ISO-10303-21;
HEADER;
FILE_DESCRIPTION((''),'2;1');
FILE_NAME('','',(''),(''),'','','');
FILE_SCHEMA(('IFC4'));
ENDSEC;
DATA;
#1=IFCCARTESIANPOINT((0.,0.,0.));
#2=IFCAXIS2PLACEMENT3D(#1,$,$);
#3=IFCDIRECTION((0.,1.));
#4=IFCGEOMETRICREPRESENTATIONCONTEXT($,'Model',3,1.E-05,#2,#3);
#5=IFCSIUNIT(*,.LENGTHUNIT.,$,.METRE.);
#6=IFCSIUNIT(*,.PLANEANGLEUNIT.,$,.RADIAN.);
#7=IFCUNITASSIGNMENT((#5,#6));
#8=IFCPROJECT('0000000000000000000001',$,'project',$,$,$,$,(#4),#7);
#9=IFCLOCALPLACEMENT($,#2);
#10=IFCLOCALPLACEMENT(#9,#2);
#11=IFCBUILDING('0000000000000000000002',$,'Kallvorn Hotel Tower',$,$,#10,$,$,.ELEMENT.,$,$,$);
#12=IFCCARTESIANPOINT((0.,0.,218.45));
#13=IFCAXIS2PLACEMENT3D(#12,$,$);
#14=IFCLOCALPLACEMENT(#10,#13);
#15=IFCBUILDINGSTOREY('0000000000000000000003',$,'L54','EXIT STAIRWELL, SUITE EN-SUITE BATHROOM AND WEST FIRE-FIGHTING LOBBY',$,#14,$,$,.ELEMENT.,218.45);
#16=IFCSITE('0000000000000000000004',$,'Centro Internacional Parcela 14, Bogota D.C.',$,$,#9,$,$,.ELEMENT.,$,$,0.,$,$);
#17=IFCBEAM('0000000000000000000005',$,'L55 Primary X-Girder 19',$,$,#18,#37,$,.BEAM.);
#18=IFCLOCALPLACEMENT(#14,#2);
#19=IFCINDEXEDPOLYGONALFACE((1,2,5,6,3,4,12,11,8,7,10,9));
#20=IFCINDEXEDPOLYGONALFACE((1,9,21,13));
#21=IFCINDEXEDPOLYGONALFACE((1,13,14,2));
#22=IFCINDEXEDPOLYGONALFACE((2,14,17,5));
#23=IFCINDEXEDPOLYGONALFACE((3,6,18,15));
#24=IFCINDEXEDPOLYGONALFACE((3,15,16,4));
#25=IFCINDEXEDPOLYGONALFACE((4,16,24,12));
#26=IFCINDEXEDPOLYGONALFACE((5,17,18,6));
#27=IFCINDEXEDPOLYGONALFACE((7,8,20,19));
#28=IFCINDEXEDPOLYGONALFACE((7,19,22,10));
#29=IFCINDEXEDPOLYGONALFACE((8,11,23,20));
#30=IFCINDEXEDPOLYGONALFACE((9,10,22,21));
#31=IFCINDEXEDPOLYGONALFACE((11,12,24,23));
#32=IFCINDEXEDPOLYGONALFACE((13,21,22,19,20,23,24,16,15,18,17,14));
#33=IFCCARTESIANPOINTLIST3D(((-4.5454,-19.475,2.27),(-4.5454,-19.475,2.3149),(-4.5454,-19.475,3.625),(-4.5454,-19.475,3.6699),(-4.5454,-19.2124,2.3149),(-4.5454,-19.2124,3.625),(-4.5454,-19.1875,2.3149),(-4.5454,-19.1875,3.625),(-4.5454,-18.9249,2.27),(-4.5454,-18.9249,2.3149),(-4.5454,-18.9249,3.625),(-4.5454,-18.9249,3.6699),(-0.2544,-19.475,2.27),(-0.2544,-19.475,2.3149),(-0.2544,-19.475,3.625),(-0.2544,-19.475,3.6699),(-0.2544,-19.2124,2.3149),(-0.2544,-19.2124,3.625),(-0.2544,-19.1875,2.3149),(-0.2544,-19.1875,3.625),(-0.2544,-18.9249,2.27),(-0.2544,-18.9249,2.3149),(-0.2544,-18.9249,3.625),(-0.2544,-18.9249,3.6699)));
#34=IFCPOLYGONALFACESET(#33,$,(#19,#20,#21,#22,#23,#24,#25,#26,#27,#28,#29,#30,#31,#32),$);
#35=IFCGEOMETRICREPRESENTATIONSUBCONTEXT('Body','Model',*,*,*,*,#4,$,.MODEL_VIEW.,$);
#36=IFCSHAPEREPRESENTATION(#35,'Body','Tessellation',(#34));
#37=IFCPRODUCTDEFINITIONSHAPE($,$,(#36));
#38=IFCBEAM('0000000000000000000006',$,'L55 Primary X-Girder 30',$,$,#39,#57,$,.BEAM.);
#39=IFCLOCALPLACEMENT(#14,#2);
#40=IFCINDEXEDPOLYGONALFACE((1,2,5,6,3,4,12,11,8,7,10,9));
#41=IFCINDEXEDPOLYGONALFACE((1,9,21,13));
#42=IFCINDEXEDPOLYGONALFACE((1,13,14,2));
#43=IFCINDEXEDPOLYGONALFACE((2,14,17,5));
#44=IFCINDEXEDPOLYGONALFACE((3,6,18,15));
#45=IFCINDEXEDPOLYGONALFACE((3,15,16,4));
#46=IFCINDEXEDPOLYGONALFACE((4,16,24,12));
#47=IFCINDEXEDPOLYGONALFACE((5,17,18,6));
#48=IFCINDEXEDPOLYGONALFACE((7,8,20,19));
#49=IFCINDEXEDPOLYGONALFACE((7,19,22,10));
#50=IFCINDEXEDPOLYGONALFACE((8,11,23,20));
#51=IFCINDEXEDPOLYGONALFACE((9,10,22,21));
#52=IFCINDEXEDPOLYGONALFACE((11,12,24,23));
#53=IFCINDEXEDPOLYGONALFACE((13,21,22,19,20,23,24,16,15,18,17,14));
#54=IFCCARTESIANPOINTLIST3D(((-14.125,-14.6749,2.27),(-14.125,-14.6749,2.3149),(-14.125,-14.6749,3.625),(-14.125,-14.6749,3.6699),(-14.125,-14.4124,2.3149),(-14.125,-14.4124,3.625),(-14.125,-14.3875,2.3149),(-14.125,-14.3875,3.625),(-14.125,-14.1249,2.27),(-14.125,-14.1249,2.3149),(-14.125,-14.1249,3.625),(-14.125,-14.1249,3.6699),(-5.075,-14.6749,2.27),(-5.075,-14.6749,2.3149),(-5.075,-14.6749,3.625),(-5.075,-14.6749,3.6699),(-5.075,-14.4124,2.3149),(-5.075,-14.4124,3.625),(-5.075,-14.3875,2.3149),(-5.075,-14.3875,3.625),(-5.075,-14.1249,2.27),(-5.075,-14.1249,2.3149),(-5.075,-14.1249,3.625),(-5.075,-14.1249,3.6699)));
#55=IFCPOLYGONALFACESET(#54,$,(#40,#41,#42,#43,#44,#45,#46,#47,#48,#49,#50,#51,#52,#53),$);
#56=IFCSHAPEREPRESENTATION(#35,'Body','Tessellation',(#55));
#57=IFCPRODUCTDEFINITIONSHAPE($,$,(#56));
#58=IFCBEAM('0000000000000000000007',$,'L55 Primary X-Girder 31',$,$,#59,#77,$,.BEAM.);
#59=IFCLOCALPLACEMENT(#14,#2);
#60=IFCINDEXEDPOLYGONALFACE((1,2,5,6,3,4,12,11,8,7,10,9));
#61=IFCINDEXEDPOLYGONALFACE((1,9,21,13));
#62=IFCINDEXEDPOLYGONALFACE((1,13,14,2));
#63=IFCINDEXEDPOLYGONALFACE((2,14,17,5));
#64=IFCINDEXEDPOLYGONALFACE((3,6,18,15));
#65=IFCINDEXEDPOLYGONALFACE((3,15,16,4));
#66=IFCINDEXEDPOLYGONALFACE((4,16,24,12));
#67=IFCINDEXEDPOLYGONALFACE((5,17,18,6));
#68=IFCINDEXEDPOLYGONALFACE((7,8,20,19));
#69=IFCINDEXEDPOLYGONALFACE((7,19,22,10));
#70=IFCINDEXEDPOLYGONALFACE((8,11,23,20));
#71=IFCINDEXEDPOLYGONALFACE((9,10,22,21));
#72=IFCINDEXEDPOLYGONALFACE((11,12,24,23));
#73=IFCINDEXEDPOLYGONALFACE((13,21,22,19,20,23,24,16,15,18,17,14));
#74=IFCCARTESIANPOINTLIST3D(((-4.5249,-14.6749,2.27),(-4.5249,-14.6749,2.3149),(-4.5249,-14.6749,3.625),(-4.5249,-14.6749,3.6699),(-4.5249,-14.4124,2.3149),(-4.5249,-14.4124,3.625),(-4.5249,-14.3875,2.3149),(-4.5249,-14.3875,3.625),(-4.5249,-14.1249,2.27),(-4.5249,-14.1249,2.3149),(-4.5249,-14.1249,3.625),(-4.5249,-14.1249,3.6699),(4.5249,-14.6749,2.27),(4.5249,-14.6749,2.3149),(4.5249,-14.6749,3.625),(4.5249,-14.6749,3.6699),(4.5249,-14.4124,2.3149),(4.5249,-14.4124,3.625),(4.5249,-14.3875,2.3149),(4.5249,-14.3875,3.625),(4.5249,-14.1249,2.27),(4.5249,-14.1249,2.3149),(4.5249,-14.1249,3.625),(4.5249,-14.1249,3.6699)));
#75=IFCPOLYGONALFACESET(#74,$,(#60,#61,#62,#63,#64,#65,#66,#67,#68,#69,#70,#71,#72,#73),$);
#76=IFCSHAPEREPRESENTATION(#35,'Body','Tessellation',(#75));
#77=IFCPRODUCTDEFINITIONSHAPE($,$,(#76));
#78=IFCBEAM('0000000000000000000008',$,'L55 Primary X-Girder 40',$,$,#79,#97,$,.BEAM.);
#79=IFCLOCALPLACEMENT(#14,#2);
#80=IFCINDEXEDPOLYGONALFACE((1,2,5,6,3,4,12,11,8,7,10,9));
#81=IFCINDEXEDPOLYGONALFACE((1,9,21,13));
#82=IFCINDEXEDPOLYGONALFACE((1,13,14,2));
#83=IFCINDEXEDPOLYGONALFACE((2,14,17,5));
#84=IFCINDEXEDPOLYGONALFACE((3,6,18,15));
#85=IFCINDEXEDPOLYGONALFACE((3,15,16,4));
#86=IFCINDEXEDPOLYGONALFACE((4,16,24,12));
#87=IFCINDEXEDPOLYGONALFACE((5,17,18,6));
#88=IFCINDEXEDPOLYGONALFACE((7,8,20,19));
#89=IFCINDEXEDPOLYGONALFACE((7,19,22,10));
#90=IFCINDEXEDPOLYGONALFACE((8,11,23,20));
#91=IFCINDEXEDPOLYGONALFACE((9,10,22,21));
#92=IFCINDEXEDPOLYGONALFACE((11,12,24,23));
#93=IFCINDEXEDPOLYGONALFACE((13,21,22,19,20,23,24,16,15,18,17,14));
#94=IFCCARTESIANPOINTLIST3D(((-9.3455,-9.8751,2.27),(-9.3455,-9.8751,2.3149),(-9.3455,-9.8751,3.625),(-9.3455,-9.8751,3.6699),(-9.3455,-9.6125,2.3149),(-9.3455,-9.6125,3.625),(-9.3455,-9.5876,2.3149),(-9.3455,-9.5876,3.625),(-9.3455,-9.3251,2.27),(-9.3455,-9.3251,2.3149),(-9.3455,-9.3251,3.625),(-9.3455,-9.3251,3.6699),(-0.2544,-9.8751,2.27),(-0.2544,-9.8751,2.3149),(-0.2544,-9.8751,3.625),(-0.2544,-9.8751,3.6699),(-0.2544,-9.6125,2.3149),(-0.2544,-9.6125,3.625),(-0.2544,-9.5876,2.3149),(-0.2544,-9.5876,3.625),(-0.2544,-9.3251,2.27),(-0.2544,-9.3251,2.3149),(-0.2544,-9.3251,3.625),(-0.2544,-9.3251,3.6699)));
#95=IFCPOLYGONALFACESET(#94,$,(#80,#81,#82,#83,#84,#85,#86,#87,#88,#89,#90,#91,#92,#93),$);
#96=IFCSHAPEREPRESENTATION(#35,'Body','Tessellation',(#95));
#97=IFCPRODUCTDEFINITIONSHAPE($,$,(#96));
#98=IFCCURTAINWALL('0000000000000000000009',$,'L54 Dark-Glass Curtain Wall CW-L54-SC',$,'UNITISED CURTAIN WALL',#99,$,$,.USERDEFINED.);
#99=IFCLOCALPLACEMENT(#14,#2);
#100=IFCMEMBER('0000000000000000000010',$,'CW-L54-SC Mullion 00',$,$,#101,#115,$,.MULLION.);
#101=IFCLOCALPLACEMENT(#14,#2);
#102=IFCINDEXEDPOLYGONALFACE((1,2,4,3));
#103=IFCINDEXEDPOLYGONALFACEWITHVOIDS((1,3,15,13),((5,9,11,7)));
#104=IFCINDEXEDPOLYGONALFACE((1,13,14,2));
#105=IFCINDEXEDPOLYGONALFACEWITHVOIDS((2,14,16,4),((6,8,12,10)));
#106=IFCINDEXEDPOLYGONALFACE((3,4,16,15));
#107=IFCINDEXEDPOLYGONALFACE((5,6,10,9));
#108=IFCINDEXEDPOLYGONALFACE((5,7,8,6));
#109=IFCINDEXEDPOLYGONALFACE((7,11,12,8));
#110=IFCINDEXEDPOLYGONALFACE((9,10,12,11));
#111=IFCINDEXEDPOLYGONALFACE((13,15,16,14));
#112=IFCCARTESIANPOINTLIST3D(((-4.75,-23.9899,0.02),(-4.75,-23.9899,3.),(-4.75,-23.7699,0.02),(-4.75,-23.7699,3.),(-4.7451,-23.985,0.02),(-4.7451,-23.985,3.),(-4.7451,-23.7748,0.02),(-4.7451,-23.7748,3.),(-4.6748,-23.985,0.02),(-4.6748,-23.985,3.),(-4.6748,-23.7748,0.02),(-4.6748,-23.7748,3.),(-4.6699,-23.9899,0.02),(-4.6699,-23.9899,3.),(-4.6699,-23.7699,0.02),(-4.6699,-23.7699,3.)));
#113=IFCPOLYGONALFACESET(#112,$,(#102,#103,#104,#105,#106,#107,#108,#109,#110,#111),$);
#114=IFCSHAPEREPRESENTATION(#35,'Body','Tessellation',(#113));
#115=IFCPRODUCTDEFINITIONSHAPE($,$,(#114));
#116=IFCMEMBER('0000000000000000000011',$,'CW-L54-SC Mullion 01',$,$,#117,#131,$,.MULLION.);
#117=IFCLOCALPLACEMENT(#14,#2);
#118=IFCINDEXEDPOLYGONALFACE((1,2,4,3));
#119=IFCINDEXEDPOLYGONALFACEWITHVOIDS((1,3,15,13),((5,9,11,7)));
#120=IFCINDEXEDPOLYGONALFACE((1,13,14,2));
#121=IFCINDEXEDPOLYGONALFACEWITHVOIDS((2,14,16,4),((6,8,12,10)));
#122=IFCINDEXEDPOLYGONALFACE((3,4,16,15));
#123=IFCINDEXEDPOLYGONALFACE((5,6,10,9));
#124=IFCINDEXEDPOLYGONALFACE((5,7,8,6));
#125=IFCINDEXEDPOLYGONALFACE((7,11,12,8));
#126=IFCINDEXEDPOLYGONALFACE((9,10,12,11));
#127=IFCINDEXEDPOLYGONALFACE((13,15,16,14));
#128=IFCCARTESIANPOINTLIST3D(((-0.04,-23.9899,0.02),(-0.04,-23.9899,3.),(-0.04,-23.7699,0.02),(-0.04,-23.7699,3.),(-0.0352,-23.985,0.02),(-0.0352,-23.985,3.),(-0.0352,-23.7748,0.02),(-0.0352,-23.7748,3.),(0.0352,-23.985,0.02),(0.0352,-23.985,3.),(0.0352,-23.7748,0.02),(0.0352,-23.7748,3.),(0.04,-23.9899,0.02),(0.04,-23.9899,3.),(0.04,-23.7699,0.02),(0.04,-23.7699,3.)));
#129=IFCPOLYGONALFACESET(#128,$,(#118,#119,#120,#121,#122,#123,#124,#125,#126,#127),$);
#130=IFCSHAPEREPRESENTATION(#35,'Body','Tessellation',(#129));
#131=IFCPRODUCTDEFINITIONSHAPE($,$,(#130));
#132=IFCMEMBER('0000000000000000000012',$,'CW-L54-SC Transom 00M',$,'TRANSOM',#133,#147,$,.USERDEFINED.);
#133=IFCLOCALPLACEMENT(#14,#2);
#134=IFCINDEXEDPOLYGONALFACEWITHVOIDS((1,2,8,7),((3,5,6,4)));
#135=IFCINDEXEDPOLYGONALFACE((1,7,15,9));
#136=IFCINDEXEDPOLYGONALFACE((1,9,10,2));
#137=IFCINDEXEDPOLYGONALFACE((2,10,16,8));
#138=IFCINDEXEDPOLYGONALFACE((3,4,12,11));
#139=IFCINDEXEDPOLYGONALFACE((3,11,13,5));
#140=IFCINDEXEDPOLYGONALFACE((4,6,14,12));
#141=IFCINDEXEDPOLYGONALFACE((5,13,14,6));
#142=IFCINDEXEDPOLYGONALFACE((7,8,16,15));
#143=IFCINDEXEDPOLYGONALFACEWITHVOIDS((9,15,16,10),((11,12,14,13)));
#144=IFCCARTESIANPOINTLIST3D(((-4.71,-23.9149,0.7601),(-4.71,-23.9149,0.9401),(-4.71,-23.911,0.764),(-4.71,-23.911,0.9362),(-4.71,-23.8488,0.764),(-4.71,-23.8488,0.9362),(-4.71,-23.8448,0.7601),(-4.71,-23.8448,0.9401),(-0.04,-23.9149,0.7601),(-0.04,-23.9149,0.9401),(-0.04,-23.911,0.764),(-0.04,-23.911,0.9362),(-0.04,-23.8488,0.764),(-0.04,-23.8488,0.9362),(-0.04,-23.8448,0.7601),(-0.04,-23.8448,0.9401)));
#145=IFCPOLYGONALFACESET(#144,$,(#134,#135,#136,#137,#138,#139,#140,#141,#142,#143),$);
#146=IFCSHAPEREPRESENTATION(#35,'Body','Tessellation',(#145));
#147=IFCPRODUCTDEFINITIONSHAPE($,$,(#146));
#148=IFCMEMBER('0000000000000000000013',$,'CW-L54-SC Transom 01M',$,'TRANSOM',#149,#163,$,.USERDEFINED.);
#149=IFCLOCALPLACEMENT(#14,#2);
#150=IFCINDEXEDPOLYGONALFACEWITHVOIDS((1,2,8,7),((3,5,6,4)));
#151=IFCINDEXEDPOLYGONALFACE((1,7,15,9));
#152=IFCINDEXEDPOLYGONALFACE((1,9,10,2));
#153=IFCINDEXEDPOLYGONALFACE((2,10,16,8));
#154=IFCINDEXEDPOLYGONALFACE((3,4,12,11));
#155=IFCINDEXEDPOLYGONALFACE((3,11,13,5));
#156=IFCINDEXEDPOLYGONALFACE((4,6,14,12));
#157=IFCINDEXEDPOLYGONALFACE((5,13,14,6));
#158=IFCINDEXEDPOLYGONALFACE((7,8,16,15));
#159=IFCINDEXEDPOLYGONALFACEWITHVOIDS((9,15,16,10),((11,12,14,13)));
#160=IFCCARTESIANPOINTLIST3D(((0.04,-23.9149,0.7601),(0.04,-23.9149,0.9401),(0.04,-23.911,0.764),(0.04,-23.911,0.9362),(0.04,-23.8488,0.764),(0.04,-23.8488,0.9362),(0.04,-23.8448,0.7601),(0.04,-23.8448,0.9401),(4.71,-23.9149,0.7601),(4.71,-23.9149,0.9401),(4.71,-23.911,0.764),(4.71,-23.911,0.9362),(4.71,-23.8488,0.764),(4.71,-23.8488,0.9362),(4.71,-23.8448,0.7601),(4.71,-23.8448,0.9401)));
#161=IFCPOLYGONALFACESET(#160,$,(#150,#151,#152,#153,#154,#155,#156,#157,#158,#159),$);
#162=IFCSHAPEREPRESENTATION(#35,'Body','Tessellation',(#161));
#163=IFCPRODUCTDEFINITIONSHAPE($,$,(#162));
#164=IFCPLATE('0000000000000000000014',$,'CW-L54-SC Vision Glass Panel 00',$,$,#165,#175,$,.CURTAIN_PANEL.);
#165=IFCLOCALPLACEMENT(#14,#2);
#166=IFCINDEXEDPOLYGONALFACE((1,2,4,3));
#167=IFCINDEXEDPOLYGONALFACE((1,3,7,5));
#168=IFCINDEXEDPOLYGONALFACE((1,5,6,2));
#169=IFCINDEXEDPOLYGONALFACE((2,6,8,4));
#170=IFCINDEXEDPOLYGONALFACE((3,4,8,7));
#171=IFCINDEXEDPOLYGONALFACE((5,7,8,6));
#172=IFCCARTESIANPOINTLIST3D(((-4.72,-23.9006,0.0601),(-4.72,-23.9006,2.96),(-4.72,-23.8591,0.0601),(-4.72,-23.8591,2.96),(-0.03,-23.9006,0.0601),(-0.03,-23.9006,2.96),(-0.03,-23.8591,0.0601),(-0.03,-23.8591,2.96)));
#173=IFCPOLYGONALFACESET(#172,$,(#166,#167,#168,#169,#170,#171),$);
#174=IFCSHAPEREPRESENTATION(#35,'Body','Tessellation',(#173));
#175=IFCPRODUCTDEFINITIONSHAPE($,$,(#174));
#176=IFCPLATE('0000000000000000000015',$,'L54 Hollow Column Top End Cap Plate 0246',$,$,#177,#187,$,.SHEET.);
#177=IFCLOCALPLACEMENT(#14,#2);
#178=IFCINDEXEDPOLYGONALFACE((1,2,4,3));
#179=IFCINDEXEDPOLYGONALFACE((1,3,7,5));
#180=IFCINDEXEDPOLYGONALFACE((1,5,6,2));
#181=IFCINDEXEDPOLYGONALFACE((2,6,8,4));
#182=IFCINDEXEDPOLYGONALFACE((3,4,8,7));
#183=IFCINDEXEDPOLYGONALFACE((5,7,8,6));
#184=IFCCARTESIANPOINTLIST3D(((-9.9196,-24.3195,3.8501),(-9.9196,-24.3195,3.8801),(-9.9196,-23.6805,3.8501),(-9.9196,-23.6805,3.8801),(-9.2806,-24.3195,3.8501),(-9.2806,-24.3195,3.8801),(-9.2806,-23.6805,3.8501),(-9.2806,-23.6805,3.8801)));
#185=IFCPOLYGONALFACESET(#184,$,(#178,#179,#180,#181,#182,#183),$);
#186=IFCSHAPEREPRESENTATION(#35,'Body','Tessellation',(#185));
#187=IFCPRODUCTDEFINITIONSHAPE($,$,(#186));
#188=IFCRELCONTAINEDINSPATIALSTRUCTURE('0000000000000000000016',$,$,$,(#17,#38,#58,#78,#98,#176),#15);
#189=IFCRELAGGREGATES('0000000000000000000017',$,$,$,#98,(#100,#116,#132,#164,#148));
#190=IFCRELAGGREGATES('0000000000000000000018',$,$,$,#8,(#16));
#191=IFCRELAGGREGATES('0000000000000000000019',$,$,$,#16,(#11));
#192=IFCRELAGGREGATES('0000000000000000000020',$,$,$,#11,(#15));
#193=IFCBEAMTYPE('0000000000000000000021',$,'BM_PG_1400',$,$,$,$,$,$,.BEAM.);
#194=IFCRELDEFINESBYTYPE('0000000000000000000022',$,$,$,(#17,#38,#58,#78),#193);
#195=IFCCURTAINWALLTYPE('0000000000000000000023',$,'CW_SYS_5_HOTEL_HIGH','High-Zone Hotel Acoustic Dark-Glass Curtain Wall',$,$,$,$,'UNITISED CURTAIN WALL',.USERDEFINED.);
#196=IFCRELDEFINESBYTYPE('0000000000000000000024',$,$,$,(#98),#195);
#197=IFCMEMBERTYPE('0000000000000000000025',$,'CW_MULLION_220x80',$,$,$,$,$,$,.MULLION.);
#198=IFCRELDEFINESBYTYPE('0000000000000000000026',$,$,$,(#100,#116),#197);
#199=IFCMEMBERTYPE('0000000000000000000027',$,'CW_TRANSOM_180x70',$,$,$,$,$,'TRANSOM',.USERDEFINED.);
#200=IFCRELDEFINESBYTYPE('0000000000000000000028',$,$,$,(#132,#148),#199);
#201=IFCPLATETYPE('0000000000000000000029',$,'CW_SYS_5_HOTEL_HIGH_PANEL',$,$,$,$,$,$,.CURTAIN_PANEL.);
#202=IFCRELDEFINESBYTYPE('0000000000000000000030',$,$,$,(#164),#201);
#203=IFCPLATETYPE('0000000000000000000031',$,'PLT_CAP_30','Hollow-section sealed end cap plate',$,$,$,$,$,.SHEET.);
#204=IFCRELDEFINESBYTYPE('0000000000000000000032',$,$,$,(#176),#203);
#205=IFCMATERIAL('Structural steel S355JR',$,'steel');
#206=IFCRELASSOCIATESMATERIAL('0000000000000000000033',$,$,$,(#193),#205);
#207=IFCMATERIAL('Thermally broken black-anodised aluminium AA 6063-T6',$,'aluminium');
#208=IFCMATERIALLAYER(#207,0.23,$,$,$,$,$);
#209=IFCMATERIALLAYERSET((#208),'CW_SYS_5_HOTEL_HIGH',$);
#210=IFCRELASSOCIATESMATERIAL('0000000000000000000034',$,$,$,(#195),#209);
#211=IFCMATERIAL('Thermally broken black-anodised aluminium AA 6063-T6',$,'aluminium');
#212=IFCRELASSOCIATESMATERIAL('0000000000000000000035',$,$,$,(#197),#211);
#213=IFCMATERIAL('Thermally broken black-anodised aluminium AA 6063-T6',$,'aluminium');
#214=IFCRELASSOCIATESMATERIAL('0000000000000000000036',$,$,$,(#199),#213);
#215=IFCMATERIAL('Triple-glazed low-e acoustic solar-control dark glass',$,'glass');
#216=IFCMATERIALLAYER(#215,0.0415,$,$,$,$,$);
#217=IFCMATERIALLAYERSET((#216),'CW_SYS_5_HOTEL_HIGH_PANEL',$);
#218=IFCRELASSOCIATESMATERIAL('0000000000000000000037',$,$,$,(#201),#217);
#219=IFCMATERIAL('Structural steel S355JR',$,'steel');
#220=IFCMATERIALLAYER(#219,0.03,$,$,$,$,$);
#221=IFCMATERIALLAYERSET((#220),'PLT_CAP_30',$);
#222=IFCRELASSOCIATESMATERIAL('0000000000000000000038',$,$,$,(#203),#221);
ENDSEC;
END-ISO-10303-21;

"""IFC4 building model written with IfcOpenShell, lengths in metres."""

from ifc_helpers import new_model, si_unit, direction, frame, origin, origin_2d, place, context, subcontext, project, spatial, rectangle, hollow_rectangle, i_section, extrude, material, layer, layer_set, material_profile, profile_set, type_object, element, aggregate, save


model = new_model("IFC4")

# Units and contexts
model_context = context("Model", 3, precision=1e-05, world=origin(), true_north=direction((0.0, 1.0)))
body_context = subcontext(model_context, "Body", "Model", "MODEL_VIEW")
ifc_project = project(units=[si_unit("LENGTHUNIT", "METRE"), si_unit("PLANEANGLEUNIT", "RADIAN")], contexts=[model_context])

# Site, building, storey
site_placement = place(None, origin())
site = spatial("IfcSite", under=ifc_project, at=site_placement, Name="Centro Internacional Parcela 14, Bogota D.C.", CompositionType="ELEMENT", RefElevation=0.0)
building_placement = place(site_placement, origin())
building = spatial("IfcBuilding", under=site, at=building_placement, Name="Kallvorn Hotel Tower", CompositionType="ELEMENT")
storey_placement = place(building_placement, frame((0.0, 0.0, 218.45)))
storey = spatial("IfcBuildingStorey", under=building, at=storey_placement, Name="L54", Description="EXIT STAIRWELL, SUITE EN-SUITE BATHROOM AND WEST FIRE-FIGHTING LOBBY", CompositionType="ELEMENT", Elevation=218.45)

# Beams
ifc_material_1 = material(Name="Structural steel S355JR", Category="steel")
ifc_material_profile_1 = material_profile(ifc_material_1, i_section(OverallWidth=0.55, OverallDepth=1.3999, WebThickness=0.0249, FlangeThickness=0.0449, at=origin_2d()), Name="PG 1400x550x25x45")
ifc_profile_set_1 = profile_set([ifc_material_profile_1], Name="Structural steel S355JR")
beam_type_1 = type_object("IfcBeamType", Name="BM_PG_1400", PredefinedType="BEAM", material=ifc_profile_set_1)
for number, where, z_axis, x_axis, name in (
    (1, (-4.5454, -19.2, 2.97), (1.0, 0.0, 0.0), (0.0, 1.0, 0.0), "L55 Primary X-Girder 19"),
):
    element("IfcBeam", number, at=place(storey_placement, frame(where, z_axis=z_axis, x_axis=x_axis)), inside=storey, type_object=beam_type_1, Name=name, PredefinedType="BEAM", context=body_context, shape_type="SweptSolid", body=[
        extrude(i_section(OverallWidth=0.55, OverallDepth=1.3999, WebThickness=0.0249, FlangeThickness=0.0449, at=origin_2d()), origin(), (0.0, 0.0, 1.0), 4.291),
    ])
beam_1_placement = place(storey_placement, frame((-14.125, -14.3999, 2.97), z_axis=(1.0, 0.0, 0.0), x_axis=(0.0, 1.0, 0.0)))
element("IfcBeam", 2, at=beam_1_placement, inside=storey, type_object=beam_type_1, Name="L55 Primary X-Girder 30", PredefinedType="BEAM", context=body_context, shape_type="SweptSolid", body=[
    extrude(i_section(OverallWidth=0.55, OverallDepth=1.3999, WebThickness=0.0249, FlangeThickness=0.0449, at=origin_2d()), origin(), (0.0, 0.0, 1.0), 9.05),
])
beam_2_placement = place(storey_placement, frame((-4.5249, -14.3999, 2.97), z_axis=(1.0, 0.0, 0.0), x_axis=(0.0, 1.0, 0.0)))
element("IfcBeam", 3, at=beam_2_placement, inside=storey, type_object=beam_type_1, Name="L55 Primary X-Girder 31", PredefinedType="BEAM", context=body_context, shape_type="SweptSolid", body=[
    extrude(i_section(OverallWidth=0.55, OverallDepth=1.3999, WebThickness=0.0249, FlangeThickness=0.0449, at=origin_2d()), origin(), (0.0, 0.0, 1.0), 9.0498),
])
beam_3_placement = place(storey_placement, frame((-9.3455, -9.6001, 2.97), z_axis=(1.0, 0.0, 0.0), x_axis=(0.0, 1.0, 0.0)))
element("IfcBeam", 4, at=beam_3_placement, inside=storey, type_object=beam_type_1, Name="L55 Primary X-Girder 40", PredefinedType="BEAM", context=body_context, shape_type="SweptSolid", body=[
    extrude(i_section(OverallWidth=0.55, OverallDepth=1.3999, WebThickness=0.0249, FlangeThickness=0.0449, at=origin_2d()), origin(), (0.0, 0.0, 1.0), 9.0911),
])

# Curtain wall, members, plate
ifc_material_2 = material(Name="Thermally broken black-anodised aluminium AA 6063-T6", Category="aluminium")
ifc_layer_1 = layer(ifc_material_2, 0.23)
ifc_layer_set_1 = layer_set([ifc_layer_1], Name="CW_SYS_5_HOTEL_HIGH")
curtain_wall_type = type_object("IfcCurtainWallType", Name="CW_SYS_5_HOTEL_HIGH", Description="High-Zone Hotel Acoustic Dark-Glass Curtain Wall", ElementType="UNITISED CURTAIN WALL", PredefinedType="USERDEFINED", material=ifc_layer_set_1)
curtain_wall_placement = place(storey_placement, origin())
curtain_wall = element("IfcCurtainWall", 5, at=curtain_wall_placement, inside=storey, type_object=curtain_wall_type, Name="L54 Dark-Glass Curtain Wall CW-L54-SC", ObjectType="UNITISED CURTAIN WALL", PredefinedType="USERDEFINED")
ifc_material_3 = material(Name="Thermally broken black-anodised aluminium AA 6063-T6", Category="aluminium")
ifc_material_profile_2 = material_profile(ifc_material_3, hollow_rectangle(XDim=0.0801, YDim=0.22, WallThickness=0.0049, at=origin_2d()), Name="MUL 220x80")
ifc_profile_set_2 = profile_set([ifc_material_profile_2], Name="Thermally broken black-anodised aluminium AA 6063-T6")
member_type_1 = type_object("IfcMemberType", Name="CW_MULLION_220x80", PredefinedType="MULLION", material=ifc_profile_set_2)
member_1_placement = place(storey_placement, frame((-4.71, -23.8799, 0.02), z_axis=(0.0, 0.0, 1.0), x_axis=(1.0, 0.0, 0.0)))
member_1 = element("IfcMember", 6, at=member_1_placement, type_object=member_type_1, Name="CW-L54-SC Mullion 00", PredefinedType="MULLION", context=body_context, shape_type="SweptSolid", body=[
    extrude(hollow_rectangle(XDim=0.0801, YDim=0.22, WallThickness=0.0049, at=origin_2d()), origin(), (0.0, 0.0, 1.0), 2.98),
])
member_2_placement = place(storey_placement, frame((0.0, -23.8799, 0.02), z_axis=(0.0, 0.0, 1.0), x_axis=(1.0, 0.0, 0.0)))
member_2 = element("IfcMember", 7, at=member_2_placement, type_object=member_type_1, Name="CW-L54-SC Mullion 01", PredefinedType="MULLION", context=body_context, shape_type="SweptSolid", body=[
    extrude(hollow_rectangle(XDim=0.0801, YDim=0.22, WallThickness=0.0049, at=origin_2d()), origin(), (0.0, 0.0, 1.0), 2.98),
])
ifc_material_4 = material(Name="Thermally broken black-anodised aluminium AA 6063-T6", Category="aluminium")
ifc_material_profile_3 = material_profile(ifc_material_4, hollow_rectangle(XDim=0.0701, YDim=0.1799, WallThickness=0.0039, at=origin_2d()), Name="TRN 180x70")
ifc_profile_set_3 = profile_set([ifc_material_profile_3], Name="Thermally broken black-anodised aluminium AA 6063-T6")
member_type_2 = type_object("IfcMemberType", Name="CW_TRANSOM_180x70", ElementType="TRANSOM", PredefinedType="USERDEFINED", material=ifc_profile_set_3)
member_3_placement = place(storey_placement, frame((-4.71, -23.8799, 0.8501), z_axis=(1.0, 0.0, 0.0), x_axis=(0.0, 1.0, 0.0)))
member_3 = element("IfcMember", 8, at=member_3_placement, type_object=member_type_2, Name="CW-L54-SC Transom 00M", ObjectType="TRANSOM", PredefinedType="USERDEFINED", context=body_context, shape_type="SweptSolid", body=[
    extrude(hollow_rectangle(XDim=0.0701, YDim=0.1799, WallThickness=0.0039, at=origin_2d()), origin(), (0.0, 0.0, 1.0), 4.6699),
])
member_4_placement = place(storey_placement, frame((0.04, -23.8799, 0.8501), z_axis=(1.0, 0.0, 0.0), x_axis=(0.0, 1.0, 0.0)))
member_4 = element("IfcMember", 9, at=member_4_placement, type_object=member_type_2, Name="CW-L54-SC Transom 01M", ObjectType="TRANSOM", PredefinedType="USERDEFINED", context=body_context, shape_type="SweptSolid", body=[
    extrude(hollow_rectangle(XDim=0.0701, YDim=0.1799, WallThickness=0.0039, at=origin_2d()), origin(), (0.0, 0.0, 1.0), 4.6699),
])
ifc_material_5 = material(Name="Triple-glazed low-e acoustic solar-control dark glass", Category="glass")
ifc_layer_2 = layer(ifc_material_5, 0.0415)
ifc_layer_set_2 = layer_set([ifc_layer_2], Name="CW_SYS_5_HOTEL_HIGH_PANEL")
plate_type_1 = type_object("IfcPlateType", Name="CW_SYS_5_HOTEL_HIGH_PANEL", PredefinedType="CURTAIN_PANEL", material=ifc_layer_set_2)
plate_placement = place(storey_placement, frame((-2.375, -23.8799, 0.0601), z_axis=(0.0, 0.0, 1.0), x_axis=(1.0, 0.0, 0.0)))
plate = element("IfcPlate", 10, at=plate_placement, type_object=plate_type_1, Name="CW-L54-SC Vision Glass Panel 00", PredefinedType="CURTAIN_PANEL", context=body_context, shape_type="SweptSolid", body=[
    extrude(rectangle(XDim=4.6899, YDim=0.0415, at=origin_2d()), origin(), (0.0, 0.0, 1.0), 2.8999),
])
aggregate(curtain_wall, [member_1, member_2, member_3, plate, member_4])

# Plate
ifc_material_6 = material(Name="Structural steel S355JR", Category="steel")
ifc_layer_3 = layer(ifc_material_6, 0.03)
ifc_layer_set_3 = layer_set([ifc_layer_3], Name="PLT_CAP_30")
plate_type_2 = type_object("IfcPlateType", Name="PLT_CAP_30", Description="Hollow-section sealed end cap plate", PredefinedType="SHEET", material=ifc_layer_set_3)
for number, where, z_axis, x_axis, name in (
    (11, (-9.6001, -24.0, 3.8501), (0.0, 0.0, 1.0), (1.0, 0.0, 0.0), "L54 Hollow Column Top End Cap Plate 0246"),
):
    element("IfcPlate", number, at=place(storey_placement, frame(where, z_axis=z_axis, x_axis=x_axis)), inside=storey, type_object=plate_type_2, Name=name, PredefinedType="SHEET", context=body_context, shape_type="SweptSolid", body=[
        extrude(rectangle(XDim=0.6389, YDim=0.6389, at=origin_2d()), origin(), (0.0, 0.0, 1.0), 0.03),
    ])

save(model, "model.ifc")
